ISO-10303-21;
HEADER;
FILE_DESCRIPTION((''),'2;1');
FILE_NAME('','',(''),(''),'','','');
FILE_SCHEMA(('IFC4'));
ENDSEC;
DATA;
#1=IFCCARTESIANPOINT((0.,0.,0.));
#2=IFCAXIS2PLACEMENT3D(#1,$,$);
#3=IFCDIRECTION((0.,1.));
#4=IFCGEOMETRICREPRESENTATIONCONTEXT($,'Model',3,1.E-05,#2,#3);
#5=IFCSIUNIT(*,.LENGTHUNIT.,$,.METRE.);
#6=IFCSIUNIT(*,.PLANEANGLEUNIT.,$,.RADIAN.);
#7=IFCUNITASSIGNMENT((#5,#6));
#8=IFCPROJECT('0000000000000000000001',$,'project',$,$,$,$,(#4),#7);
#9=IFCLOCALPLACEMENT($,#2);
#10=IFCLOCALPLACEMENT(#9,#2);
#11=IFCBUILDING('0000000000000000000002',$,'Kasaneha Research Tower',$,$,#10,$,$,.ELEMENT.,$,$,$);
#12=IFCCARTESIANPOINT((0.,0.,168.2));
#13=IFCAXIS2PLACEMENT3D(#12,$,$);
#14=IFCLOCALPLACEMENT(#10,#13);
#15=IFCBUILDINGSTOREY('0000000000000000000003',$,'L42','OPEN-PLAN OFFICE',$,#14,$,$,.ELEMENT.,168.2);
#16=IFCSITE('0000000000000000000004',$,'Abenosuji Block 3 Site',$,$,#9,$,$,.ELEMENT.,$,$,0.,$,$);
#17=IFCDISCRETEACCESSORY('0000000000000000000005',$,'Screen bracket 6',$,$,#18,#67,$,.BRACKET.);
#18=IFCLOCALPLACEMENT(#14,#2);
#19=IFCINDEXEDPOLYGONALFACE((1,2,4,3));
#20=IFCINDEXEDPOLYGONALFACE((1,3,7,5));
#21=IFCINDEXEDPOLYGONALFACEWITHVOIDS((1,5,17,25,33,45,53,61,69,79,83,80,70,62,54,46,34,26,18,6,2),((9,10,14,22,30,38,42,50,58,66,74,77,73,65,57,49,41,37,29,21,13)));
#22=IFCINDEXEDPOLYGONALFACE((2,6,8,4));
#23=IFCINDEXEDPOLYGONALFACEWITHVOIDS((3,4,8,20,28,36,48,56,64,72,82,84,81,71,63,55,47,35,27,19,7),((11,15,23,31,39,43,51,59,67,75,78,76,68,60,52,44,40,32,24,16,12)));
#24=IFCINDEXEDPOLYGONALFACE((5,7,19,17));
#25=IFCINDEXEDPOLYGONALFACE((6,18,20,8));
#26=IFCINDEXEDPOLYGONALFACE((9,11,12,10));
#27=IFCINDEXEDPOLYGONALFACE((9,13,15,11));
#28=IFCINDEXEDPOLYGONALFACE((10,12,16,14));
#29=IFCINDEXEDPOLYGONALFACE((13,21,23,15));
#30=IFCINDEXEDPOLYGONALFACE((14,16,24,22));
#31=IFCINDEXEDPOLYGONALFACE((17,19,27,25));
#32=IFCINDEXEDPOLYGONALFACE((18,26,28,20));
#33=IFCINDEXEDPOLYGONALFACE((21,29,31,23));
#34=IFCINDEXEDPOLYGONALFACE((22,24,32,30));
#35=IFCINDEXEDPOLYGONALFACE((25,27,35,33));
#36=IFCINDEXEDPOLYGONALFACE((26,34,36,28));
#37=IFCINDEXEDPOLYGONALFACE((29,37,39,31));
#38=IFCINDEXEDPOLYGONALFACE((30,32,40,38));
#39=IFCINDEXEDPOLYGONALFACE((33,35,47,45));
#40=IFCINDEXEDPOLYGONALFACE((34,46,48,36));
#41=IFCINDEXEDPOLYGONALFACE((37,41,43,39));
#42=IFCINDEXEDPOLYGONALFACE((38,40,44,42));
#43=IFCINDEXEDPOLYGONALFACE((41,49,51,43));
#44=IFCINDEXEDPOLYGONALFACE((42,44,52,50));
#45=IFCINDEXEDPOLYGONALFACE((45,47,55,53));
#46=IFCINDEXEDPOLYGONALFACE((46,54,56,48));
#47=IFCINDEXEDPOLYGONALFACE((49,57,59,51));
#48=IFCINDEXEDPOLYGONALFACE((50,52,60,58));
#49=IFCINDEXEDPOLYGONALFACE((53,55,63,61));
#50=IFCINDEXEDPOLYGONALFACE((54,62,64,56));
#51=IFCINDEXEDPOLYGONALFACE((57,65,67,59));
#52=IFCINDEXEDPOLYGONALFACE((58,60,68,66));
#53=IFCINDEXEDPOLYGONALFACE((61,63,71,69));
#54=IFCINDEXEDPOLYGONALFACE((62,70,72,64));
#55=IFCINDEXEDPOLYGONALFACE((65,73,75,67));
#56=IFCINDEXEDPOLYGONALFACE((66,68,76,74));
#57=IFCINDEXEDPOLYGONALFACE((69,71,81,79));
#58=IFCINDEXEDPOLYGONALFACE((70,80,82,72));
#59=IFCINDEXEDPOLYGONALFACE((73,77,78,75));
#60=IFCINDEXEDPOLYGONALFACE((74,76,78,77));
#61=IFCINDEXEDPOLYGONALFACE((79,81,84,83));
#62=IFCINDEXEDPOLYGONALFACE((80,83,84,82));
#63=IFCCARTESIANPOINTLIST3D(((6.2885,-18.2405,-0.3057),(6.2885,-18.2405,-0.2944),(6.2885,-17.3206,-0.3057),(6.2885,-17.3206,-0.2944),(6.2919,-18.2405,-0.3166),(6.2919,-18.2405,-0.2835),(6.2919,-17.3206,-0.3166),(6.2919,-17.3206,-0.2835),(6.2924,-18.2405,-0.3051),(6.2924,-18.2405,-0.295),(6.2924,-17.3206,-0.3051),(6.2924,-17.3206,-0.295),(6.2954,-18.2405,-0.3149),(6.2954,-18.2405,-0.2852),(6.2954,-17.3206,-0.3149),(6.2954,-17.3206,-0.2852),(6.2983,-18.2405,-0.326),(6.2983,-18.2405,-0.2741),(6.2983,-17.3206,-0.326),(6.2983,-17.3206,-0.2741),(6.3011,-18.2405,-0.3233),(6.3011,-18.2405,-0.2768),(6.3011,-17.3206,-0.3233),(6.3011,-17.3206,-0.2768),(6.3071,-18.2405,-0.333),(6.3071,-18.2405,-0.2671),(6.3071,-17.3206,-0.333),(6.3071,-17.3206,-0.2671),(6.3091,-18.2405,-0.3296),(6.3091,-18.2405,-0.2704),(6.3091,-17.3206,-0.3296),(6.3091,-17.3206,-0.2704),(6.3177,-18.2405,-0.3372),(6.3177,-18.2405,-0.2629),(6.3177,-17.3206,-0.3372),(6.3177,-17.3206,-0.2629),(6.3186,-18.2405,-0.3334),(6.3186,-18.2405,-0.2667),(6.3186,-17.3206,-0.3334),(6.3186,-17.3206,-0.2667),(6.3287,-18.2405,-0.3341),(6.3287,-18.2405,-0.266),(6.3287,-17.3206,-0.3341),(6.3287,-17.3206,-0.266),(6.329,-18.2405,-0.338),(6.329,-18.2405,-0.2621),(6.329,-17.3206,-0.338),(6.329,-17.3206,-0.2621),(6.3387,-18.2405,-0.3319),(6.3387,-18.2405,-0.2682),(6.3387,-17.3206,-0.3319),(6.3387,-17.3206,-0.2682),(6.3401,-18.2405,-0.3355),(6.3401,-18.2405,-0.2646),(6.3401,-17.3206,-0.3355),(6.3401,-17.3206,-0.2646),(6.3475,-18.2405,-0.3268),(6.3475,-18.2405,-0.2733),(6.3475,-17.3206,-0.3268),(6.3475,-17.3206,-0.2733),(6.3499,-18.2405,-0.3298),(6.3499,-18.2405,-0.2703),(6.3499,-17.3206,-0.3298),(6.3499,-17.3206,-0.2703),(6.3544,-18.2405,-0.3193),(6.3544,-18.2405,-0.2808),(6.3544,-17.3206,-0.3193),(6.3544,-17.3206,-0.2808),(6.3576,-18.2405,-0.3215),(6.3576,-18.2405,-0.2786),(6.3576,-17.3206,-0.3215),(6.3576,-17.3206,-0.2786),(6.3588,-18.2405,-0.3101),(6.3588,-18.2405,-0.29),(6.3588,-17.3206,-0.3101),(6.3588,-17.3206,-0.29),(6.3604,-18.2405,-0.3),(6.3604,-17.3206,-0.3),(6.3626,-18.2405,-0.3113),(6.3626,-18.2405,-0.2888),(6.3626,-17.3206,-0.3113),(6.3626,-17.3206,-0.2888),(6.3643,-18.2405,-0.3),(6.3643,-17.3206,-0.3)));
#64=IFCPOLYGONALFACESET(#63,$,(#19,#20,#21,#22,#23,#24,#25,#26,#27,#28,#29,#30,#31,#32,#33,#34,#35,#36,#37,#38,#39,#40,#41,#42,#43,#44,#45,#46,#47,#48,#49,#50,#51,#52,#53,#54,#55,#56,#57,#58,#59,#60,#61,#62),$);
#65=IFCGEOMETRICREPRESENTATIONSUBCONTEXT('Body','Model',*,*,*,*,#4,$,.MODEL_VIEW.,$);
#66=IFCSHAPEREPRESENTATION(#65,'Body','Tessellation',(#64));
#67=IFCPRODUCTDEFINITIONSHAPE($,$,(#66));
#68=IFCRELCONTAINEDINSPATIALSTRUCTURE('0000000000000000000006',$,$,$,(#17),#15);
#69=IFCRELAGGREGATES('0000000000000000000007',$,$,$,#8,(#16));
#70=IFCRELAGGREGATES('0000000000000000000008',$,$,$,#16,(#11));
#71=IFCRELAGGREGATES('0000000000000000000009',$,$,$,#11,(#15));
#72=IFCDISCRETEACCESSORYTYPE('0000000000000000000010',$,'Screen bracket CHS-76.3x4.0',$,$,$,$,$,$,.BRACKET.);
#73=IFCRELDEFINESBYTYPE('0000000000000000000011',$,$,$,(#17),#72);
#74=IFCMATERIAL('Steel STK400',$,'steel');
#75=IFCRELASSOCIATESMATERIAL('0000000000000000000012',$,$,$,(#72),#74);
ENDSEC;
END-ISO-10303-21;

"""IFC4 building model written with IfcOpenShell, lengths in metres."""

from ifc_helpers import new_model, si_unit, direction, frame, origin, origin_2d, place, context, subcontext, project, spatial, hollow_circle, extrude, material, material_profile, profile_set, type_object, element, save


model = new_model("IFC4")

# Units and contexts
model_context = context("Model", 3, precision=1e-05, world=origin(), true_north=direction((0.0, 1.0)))
body_context = subcontext(model_context, "Body", "Model", "MODEL_VIEW")
ifc_project = project(units=[si_unit("LENGTHUNIT", "METRE"), si_unit("PLANEANGLEUNIT", "RADIAN")], contexts=[model_context])

# Site, building, storey
site_placement = place(None, origin())
site = spatial("IfcSite", under=ifc_project, at=site_placement, Name="Abenosuji Block 3 Site", CompositionType="ELEMENT", RefElevation=0.0)
building_placement = place(site_placement, origin())
building = spatial("IfcBuilding", under=site, at=building_placement, Name="Kasaneha Research Tower", CompositionType="ELEMENT")
storey_placement = place(building_placement, frame((0.0, 0.0, 168.2)))
storey = spatial("IfcBuildingStorey", under=building, at=storey_placement, Name="L42", Description="OPEN-PLAN OFFICE", CompositionType="ELEMENT", Elevation=168.2)

# Discrete accessory
ifc_material_1 = material(Name="Steel STK400", Category="steel")
ifc_material_profile_1 = material_profile(ifc_material_1, hollow_circle(Radius=0.0381, WallThickness=0.0039, at=origin_2d()), Name="CHS-76.3x4.0")
ifc_profile_set_1 = profile_set([ifc_material_profile_1], Name="Steel STK400")
discrete_accessory_type = type_object("IfcDiscreteAccessoryType", Name="Screen bracket CHS-76.3x4.0", PredefinedType="BRACKET", material=ifc_profile_set_1)
for number, where, z_axis, x_axis, name in (
    (1, (6.3262, -17.3206, -0.3), (0.0, -1.0, 0.0), (1.0, 0.0, 0.0), "Screen bracket 6"),
):
    element("IfcDiscreteAccessory", number, at=place(storey_placement, frame(where, z_axis=z_axis, x_axis=x_axis)), inside=storey, type_object=discrete_accessory_type, Name=name, PredefinedType="BRACKET", context=body_context, shape_type="SweptSolid", body=[
        extrude(hollow_circle(Radius=0.0381, WallThickness=0.0039, at=origin_2d()), origin(), (0.0, 0.0, 1.0), 0.9199),
    ])

save(model, "model.ifc")
